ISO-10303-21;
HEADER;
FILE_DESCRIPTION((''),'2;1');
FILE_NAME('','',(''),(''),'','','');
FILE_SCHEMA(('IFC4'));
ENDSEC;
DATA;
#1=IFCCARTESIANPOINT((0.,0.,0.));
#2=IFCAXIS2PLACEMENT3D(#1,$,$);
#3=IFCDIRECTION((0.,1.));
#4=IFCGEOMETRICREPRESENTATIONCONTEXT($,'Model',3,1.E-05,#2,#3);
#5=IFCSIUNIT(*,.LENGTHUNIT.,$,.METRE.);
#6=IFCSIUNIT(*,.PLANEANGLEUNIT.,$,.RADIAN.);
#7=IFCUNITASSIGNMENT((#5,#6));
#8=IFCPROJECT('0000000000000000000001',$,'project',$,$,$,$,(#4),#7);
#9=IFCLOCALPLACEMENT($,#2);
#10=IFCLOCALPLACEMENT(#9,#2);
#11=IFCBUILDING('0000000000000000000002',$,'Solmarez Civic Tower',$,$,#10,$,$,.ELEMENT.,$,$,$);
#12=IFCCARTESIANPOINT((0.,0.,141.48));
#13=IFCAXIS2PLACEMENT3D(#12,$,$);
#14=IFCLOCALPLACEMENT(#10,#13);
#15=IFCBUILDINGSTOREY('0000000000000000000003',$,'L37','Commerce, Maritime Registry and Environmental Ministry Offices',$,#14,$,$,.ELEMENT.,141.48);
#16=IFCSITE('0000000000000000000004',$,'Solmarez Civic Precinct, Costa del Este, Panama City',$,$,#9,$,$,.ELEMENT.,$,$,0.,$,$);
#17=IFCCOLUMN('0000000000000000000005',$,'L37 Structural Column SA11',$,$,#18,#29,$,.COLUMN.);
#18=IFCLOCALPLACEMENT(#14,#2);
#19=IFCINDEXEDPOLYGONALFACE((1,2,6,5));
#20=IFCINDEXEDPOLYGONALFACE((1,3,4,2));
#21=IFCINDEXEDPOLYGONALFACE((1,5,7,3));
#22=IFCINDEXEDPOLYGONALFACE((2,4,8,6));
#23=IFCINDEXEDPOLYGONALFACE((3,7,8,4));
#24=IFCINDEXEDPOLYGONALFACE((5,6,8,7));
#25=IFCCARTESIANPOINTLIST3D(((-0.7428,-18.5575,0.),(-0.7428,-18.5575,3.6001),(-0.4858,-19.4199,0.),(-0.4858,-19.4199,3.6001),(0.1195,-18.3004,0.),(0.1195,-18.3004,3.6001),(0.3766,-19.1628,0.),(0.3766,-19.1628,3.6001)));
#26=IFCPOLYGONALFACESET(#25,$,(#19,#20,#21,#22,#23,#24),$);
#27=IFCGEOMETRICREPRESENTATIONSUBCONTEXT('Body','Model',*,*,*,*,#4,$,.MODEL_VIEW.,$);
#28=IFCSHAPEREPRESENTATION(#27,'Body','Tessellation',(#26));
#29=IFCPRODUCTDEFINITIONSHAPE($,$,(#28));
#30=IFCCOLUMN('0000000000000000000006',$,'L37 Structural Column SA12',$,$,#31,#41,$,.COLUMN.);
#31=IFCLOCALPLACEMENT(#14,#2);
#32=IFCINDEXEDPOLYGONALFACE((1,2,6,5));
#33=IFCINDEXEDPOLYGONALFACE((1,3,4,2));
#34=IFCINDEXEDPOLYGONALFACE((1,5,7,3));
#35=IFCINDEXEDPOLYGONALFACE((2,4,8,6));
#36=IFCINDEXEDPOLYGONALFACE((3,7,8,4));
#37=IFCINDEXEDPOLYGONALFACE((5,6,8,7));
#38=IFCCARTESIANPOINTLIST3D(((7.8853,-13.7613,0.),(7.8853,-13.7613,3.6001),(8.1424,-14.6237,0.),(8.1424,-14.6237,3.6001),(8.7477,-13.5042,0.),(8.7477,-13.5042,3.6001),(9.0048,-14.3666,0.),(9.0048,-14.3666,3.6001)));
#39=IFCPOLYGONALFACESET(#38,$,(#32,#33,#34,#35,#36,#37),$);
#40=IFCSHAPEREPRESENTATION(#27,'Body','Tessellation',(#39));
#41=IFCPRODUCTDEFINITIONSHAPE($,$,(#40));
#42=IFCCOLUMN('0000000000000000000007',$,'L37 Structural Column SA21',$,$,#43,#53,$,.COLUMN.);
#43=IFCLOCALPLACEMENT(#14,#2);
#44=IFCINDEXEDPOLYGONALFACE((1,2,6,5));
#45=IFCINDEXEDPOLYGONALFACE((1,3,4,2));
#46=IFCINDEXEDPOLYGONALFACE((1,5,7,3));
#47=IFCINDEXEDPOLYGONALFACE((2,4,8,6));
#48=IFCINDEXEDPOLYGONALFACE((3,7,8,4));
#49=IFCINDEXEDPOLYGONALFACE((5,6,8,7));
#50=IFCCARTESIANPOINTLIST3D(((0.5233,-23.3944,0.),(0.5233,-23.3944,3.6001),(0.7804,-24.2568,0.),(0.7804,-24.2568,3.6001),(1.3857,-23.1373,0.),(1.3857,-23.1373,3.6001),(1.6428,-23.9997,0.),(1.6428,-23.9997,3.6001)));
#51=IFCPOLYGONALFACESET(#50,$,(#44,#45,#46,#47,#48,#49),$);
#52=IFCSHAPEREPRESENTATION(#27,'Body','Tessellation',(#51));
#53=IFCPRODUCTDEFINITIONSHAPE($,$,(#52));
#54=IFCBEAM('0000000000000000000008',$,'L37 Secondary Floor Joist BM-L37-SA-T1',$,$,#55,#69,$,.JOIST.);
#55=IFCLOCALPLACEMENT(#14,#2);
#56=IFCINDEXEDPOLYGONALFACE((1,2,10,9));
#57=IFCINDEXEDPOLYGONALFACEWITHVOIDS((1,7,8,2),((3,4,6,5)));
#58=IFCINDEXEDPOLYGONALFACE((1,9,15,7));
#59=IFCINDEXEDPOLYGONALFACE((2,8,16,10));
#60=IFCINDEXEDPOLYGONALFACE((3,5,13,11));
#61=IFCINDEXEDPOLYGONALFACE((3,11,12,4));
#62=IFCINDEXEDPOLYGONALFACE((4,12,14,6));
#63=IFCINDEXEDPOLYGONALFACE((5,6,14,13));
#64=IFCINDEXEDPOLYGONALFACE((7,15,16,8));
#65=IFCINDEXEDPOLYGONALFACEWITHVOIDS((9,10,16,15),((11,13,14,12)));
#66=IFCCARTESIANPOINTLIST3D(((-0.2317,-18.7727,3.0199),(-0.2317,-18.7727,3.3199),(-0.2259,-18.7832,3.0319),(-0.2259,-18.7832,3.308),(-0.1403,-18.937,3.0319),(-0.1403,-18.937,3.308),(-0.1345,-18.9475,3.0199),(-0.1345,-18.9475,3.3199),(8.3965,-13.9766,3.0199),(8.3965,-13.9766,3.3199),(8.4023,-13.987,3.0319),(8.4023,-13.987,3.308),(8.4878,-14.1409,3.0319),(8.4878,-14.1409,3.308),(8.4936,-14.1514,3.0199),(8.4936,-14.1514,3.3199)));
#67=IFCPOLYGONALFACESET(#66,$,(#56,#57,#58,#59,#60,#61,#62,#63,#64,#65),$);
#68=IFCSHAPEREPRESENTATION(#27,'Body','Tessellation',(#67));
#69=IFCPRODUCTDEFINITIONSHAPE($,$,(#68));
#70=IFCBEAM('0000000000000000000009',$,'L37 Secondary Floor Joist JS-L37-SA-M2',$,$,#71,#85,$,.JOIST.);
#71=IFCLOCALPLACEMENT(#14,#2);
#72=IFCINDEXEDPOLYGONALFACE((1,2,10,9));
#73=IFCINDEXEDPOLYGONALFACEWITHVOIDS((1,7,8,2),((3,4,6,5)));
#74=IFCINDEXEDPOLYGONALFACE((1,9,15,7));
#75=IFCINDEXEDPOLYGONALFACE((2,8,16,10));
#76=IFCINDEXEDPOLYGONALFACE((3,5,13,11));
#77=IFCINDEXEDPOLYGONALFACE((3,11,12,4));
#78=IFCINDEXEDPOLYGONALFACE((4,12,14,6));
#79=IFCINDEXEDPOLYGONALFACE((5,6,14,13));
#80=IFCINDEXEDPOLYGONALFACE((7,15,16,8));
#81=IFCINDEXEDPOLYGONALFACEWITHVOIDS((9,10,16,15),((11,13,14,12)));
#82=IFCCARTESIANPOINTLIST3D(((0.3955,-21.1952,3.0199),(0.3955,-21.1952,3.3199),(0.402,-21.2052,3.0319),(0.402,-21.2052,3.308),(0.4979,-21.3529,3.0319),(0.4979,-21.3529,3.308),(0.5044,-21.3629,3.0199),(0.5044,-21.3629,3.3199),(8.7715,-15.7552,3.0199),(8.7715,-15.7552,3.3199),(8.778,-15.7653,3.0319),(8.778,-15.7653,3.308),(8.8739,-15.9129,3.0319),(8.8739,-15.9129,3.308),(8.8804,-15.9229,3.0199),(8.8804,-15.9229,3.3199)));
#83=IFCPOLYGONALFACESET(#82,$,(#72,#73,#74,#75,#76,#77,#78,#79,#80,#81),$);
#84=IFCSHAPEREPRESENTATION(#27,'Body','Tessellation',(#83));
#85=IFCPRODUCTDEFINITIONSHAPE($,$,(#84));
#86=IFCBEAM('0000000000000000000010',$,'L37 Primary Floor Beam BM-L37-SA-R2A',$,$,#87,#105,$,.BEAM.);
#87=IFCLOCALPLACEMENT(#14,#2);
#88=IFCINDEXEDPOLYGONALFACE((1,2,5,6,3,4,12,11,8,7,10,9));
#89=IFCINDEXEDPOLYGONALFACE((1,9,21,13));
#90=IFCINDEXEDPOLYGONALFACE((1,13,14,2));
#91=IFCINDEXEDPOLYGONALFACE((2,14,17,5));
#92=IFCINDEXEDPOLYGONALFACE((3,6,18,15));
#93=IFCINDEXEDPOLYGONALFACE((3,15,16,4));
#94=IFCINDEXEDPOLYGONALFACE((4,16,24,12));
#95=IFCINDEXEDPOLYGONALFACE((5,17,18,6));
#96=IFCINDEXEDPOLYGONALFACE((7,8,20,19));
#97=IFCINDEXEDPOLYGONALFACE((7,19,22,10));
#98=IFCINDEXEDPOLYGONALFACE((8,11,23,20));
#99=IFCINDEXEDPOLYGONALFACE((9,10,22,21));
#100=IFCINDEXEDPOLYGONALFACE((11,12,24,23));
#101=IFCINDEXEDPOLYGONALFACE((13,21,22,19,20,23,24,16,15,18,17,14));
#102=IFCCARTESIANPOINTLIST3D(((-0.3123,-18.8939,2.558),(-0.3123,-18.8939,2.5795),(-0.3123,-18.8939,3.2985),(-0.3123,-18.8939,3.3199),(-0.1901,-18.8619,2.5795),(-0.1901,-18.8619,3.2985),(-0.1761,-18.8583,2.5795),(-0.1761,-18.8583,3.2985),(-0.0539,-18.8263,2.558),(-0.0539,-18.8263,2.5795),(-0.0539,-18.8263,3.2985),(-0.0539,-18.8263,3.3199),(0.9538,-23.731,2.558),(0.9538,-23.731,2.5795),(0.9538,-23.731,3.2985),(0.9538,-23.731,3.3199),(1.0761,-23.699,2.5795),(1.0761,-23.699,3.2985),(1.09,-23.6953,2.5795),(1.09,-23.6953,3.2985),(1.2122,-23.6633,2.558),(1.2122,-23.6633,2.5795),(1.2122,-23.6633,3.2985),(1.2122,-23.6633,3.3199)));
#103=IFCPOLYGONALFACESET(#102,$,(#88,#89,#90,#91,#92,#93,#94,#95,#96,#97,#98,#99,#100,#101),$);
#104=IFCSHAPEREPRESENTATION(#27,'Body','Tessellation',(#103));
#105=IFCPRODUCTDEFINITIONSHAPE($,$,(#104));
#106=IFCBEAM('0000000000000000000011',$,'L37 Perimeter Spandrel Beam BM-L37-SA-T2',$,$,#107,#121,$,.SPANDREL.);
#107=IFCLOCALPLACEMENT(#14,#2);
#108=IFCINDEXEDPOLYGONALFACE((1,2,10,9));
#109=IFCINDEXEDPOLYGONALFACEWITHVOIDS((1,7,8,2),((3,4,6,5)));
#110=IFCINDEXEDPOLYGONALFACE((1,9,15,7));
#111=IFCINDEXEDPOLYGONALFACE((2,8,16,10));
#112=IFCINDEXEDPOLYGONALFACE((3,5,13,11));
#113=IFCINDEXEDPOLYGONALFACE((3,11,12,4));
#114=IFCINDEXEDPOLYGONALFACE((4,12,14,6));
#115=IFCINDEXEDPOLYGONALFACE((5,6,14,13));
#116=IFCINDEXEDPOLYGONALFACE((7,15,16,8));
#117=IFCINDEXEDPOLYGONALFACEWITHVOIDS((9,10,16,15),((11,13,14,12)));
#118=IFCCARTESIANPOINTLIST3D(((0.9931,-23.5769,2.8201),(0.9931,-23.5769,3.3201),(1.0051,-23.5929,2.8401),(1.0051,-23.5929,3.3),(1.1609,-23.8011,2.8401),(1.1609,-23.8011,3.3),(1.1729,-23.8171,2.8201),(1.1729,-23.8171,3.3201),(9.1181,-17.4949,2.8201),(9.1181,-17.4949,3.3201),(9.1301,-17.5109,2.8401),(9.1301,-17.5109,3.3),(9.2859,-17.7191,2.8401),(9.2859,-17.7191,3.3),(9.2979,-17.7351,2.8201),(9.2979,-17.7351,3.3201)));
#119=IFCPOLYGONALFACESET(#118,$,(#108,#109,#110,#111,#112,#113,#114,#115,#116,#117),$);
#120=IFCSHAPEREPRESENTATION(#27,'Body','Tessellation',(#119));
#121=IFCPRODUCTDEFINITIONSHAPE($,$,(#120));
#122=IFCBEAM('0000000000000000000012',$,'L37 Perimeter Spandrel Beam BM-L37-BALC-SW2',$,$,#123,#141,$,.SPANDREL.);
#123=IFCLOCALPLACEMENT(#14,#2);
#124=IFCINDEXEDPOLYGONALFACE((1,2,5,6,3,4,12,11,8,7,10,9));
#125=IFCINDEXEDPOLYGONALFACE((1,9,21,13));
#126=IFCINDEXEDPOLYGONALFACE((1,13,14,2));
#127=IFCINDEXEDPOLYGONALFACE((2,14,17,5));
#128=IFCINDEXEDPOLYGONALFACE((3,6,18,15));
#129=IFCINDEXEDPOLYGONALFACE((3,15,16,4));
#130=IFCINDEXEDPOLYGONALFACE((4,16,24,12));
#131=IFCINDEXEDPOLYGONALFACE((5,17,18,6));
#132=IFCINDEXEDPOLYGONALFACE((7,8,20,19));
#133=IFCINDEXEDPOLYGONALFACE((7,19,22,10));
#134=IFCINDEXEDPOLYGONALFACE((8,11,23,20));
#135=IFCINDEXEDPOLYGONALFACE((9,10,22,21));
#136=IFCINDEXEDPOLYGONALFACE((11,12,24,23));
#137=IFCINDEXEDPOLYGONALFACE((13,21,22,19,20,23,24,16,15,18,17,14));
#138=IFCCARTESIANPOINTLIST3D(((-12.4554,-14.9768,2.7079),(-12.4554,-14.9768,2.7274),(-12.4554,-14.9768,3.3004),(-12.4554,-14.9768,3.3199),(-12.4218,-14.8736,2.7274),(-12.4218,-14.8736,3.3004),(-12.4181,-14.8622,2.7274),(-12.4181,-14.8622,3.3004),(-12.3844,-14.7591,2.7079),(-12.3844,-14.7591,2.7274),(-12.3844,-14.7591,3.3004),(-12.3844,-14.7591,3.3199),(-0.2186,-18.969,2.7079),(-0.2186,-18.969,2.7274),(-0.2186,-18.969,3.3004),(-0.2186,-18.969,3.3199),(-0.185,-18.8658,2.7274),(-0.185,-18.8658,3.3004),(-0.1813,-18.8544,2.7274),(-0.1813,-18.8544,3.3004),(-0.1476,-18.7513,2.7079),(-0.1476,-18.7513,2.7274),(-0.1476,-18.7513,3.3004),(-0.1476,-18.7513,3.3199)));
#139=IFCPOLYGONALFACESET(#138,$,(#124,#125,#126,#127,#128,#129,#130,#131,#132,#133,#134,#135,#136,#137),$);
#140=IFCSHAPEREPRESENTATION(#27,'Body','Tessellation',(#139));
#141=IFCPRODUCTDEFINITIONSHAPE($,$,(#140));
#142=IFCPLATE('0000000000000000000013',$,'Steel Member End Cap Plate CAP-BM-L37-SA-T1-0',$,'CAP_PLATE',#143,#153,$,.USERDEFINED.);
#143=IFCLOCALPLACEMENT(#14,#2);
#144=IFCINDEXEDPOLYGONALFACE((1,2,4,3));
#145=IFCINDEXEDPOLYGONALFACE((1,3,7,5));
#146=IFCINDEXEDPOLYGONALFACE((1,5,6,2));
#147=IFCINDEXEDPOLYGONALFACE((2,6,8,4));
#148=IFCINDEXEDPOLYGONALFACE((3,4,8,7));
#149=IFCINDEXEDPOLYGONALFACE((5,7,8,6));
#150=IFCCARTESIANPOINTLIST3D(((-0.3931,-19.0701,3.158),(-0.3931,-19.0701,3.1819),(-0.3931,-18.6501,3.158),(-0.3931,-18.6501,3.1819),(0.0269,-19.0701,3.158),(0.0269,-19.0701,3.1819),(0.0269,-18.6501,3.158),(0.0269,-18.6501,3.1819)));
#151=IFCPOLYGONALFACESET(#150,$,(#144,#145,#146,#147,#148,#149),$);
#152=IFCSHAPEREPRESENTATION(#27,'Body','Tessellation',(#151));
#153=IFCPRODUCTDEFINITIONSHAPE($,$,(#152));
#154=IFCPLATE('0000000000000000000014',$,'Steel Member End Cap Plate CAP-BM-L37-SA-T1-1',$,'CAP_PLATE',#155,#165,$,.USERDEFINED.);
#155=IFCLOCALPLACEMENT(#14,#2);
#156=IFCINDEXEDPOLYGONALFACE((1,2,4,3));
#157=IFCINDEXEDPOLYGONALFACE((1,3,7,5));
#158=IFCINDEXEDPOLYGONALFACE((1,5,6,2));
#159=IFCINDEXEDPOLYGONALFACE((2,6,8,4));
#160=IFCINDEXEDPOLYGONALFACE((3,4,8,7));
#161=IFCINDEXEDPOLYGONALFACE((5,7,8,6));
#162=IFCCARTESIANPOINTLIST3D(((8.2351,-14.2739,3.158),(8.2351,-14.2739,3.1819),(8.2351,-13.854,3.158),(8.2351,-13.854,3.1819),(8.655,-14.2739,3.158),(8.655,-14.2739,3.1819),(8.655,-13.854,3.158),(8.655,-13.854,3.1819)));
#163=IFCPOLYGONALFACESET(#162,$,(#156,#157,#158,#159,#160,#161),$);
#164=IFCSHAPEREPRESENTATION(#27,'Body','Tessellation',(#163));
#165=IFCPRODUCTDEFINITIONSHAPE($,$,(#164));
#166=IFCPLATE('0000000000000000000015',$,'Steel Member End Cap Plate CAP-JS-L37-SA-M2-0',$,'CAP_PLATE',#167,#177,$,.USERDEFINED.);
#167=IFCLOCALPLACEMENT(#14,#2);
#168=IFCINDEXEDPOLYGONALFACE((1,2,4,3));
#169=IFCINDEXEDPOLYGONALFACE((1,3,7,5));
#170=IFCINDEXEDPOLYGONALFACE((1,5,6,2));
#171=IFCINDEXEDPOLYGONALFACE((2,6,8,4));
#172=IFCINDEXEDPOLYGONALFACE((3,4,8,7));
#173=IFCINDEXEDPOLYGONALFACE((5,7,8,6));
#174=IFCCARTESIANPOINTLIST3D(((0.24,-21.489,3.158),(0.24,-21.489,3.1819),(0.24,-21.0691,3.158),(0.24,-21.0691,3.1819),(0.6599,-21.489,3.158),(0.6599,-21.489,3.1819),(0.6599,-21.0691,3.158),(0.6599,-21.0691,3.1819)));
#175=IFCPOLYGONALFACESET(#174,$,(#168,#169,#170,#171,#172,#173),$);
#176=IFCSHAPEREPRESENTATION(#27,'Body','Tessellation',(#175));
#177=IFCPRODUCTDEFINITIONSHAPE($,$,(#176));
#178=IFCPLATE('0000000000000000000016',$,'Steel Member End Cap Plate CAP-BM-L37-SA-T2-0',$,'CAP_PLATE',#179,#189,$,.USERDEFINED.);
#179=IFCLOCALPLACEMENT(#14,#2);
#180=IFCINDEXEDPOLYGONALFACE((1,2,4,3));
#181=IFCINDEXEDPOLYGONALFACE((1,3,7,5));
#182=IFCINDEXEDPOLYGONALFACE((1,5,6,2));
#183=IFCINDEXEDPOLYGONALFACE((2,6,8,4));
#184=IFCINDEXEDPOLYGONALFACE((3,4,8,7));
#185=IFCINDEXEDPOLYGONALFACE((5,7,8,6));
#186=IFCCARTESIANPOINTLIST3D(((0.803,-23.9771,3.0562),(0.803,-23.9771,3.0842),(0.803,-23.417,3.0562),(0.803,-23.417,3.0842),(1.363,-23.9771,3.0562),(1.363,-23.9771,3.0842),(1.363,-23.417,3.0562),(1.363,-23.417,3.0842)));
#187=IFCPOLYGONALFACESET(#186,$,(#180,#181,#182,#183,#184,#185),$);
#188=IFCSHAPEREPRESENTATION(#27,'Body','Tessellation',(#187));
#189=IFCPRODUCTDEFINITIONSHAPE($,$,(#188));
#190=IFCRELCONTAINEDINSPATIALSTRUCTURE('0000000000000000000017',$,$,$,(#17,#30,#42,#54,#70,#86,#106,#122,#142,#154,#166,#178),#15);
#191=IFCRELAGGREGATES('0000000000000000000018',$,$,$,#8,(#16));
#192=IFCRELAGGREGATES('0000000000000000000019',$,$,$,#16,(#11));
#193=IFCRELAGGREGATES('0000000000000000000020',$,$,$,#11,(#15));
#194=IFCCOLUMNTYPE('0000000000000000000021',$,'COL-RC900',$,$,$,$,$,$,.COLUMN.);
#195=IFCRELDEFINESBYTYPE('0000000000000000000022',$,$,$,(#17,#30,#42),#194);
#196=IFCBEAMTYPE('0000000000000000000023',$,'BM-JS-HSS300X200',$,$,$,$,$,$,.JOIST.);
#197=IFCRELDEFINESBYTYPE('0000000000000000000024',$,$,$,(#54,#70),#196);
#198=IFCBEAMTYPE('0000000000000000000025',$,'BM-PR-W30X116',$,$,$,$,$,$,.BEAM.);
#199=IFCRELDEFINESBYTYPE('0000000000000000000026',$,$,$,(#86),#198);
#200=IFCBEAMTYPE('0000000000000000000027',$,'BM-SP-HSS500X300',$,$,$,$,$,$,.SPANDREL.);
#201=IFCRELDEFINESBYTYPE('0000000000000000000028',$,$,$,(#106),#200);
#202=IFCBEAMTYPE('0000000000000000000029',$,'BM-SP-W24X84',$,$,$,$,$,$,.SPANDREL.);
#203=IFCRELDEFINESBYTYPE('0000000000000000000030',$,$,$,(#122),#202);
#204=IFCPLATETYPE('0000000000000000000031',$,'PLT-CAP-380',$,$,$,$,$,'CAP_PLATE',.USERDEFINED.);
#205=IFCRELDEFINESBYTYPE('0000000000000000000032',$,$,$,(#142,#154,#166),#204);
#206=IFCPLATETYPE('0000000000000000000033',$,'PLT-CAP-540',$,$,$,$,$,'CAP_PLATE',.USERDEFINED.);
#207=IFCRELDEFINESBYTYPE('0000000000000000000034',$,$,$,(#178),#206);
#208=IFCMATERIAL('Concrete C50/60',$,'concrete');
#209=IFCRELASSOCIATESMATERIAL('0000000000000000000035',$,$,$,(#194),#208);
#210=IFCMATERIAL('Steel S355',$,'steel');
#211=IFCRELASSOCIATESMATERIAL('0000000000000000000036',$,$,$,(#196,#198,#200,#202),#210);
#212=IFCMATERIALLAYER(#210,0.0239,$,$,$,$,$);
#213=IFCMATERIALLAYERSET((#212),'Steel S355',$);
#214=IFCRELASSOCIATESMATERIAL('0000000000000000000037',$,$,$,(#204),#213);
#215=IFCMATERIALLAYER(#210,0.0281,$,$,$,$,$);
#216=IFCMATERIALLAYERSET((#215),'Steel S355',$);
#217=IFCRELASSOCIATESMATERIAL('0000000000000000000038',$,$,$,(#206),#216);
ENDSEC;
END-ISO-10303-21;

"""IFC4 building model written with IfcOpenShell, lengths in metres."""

from ifc_helpers import new_model, si_unit, direction, frame, origin, origin_2d, place, context, subcontext, project, spatial, rectangle, hollow_rectangle, i_section, extrude, material, layer, layer_set, material_profile, profile_set, type_object, element, save


model = new_model("IFC4")

# Units and contexts
model_context = context("Model", 3, precision=1e-05, world=origin(), true_north=direction((0.0, 1.0)))
body_context = subcontext(model_context, "Body", "Model", "MODEL_VIEW")
ifc_project = project(units=[si_unit("LENGTHUNIT", "METRE"), si_unit("PLANEANGLEUNIT", "RADIAN")], contexts=[model_context])

# Site, building, storey
site_placement = place(None, origin())
site = spatial("IfcSite", under=ifc_project, at=site_placement, Name="Solmarez Civic Precinct, Costa del Este, Panama City", CompositionType="ELEMENT", RefElevation=0.0)
building_placement = place(site_placement, origin())
building = spatial("IfcBuilding", under=site, at=building_placement, Name="Solmarez Civic Tower", CompositionType="ELEMENT")
storey_placement = place(building_placement, frame((0.0, 0.0, 141.48)))
storey = spatial("IfcBuildingStorey", under=building, at=storey_placement, Name="L37", Description="Commerce, Maritime Registry and Environmental Ministry Offices", CompositionType="ELEMENT", Elevation=141.48)

# Columns
ifc_material_1 = material(Name="Concrete C50/60", Category="concrete")
ifc_material_profile_1 = material_profile(ifc_material_1, rectangle(XDim=0.8999, YDim=0.8999, at=origin_2d()), Name="RC900X900")
ifc_profile_set_1 = profile_set([ifc_material_profile_1], Name="Concrete C50/60")
column_type = type_object("IfcColumnType", Name="COL-RC900", PredefinedType="COLUMN", material=ifc_profile_set_1)
for number, where, z_axis, x_axis, name in (
    (1, (-0.1831, -18.8601, 0.0), (0.0, 0.0, 1.0), (0.958323, 0.285688, 0.0), "L37 Structural Column SA11"),
    (2, (8.4451, -14.064, 0.0), (0.0, 0.0, 1.0), (0.958323, 0.285688, 0.0), "L37 Structural Column SA12"),
    (3, (1.083, -23.697, 0.0), (0.0, 0.0, 1.0), (0.958323, 0.285688, 0.0), "L37 Structural Column SA21"),
):
    element("IfcColumn", number, at=place(storey_placement, frame(where, z_axis=z_axis, x_axis=x_axis)), inside=storey, type_object=column_type, Name=name, PredefinedType="COLUMN", context=body_context, shape_type="SweptSolid", body=[
        extrude(rectangle(XDim=0.8999, YDim=0.8999, at=origin_2d()), origin(), (0.0, 0.0, 1.0), 3.6001),
    ])

# Beams
ifc_material_2 = material(Name="Steel S355", Category="steel")
ifc_material_profile_2 = material_profile(ifc_material_2, hollow_rectangle(XDim=0.2, YDim=0.3, WallThickness=0.012, at=origin_2d()), Name="HSS300X200X12")
ifc_profile_set_2 = profile_set([ifc_material_profile_2], Name="Steel S355")
beam_type_1 = type_object("IfcBeamType", Name="BM-JS-HSS300X200", PredefinedType="JOIST", material=ifc_profile_set_2)
beam_1_placement = place(storey_placement, frame((-0.1831, -18.8601, 3.1699), z_axis=(0.874041, 0.485853, 0.0), x_axis=(-0.485853, 0.874041, 0.0)))
element("IfcBeam", 4, at=beam_1_placement, inside=storey, type_object=beam_type_1, Name="L37 Secondary Floor Joist BM-L37-SA-T1", PredefinedType="JOIST", context=body_context, shape_type="SweptSolid", body=[
    extrude(hollow_rectangle(XDim=0.2, YDim=0.3, WallThickness=0.012, at=origin_2d()), origin(), (0.0, 0.0, 1.0), 9.8716),
])
beam_2_placement = place(storey_placement, frame((0.45, -21.2791, 3.1699), z_axis=(0.838647, 0.544676, 0.0), x_axis=(-0.544676, 0.838647, 0.0)))
element("IfcBeam", 5, at=beam_2_placement, inside=storey, type_object=beam_type_1, Name="L37 Secondary Floor Joist JS-L37-SA-M2", PredefinedType="JOIST", context=body_context, shape_type="SweptSolid", body=[
    extrude(hollow_rectangle(XDim=0.2, YDim=0.3, WallThickness=0.012, at=origin_2d()), origin(), (0.0, 0.0, 1.0), 9.9875),
])
ifc_material_profile_3 = material_profile(ifc_material_2, i_section(OverallWidth=0.2671, OverallDepth=0.762, WebThickness=0.0144, FlangeThickness=0.0215, at=origin_2d()), Name="W30X116")
ifc_profile_set_3 = profile_set([ifc_material_profile_3], Name="Steel S355")
beam_type_2 = type_object("IfcBeamType", Name="BM-PR-W30X116", PredefinedType="BEAM", material=ifc_profile_set_3)
beam_3_placement = place(storey_placement, frame((-0.1831, -18.8601, 2.939), z_axis=(0.253229, -0.967406, 0.0), x_axis=(0.967406, 0.253229, 0.0)))
element("IfcBeam", 6, at=beam_3_placement, inside=storey, type_object=beam_type_2, Name="L37 Primary Floor Beam BM-L37-SA-R2A", PredefinedType="BEAM", context=body_context, shape_type="SweptSolid", body=[
    extrude(i_section(OverallWidth=0.2671, OverallDepth=0.762, WebThickness=0.0144, FlangeThickness=0.0215, at=origin_2d()), origin(), (0.0, 0.0, 1.0), 5.0),
])
ifc_material_profile_4 = material_profile(ifc_material_2, hollow_rectangle(XDim=0.3, YDim=0.5, WallThickness=0.02, at=origin_2d()), Name="HSS500X300X20")
ifc_profile_set_4 = profile_set([ifc_material_profile_4], Name="Steel S355")
beam_type_3 = type_object("IfcBeamType", Name="BM-SP-HSS500X300", PredefinedType="SPANDREL", material=ifc_profile_set_4)
beam_4_placement = place(storey_placement, frame((1.083, -23.697, 3.0701), z_axis=(0.800554, 0.599261, 0.0), x_axis=(-0.599261, 0.800554, 0.0)))
element("IfcBeam", 7, at=beam_4_placement, inside=storey, type_object=beam_type_3, Name="L37 Perimeter Spandrel Beam BM-L37-SA-T2", PredefinedType="SPANDREL", context=body_context, shape_type="SweptSolid", body=[
    extrude(hollow_rectangle(XDim=0.3, YDim=0.5, WallThickness=0.02, at=origin_2d()), origin(), (0.0, 0.0, 1.0), 10.1492),
])
ifc_material_profile_5 = material_profile(ifc_material_2, i_section(OverallWidth=0.229, OverallDepth=0.6121, WebThickness=0.012, FlangeThickness=0.0195, at=origin_2d()), Name="W24X84")
ifc_profile_set_5 = profile_set([ifc_material_profile_5], Name="Steel S355")
beam_type_4 = type_object("IfcBeamType", Name="BM-SP-W24X84", PredefinedType="SPANDREL", material=ifc_profile_set_5)
beam_5_placement = place(storey_placement, frame((-0.1831, -18.8601, 3.0139), z_axis=(-0.950686, 0.310156, 0.0), x_axis=(-0.310156, -0.950686, 0.0)))
element("IfcBeam", 8, at=beam_5_placement, inside=storey, type_object=beam_type_4, Name="L37 Perimeter Spandrel Beam BM-L37-BALC-SW2", PredefinedType="SPANDREL", context=body_context, shape_type="SweptSolid", body=[
    extrude(i_section(OverallWidth=0.229, OverallDepth=0.6121, WebThickness=0.012, FlangeThickness=0.0195, at=origin_2d()), origin(), (0.0, 0.0, 1.0), 12.8716),
])

# Plates
ifc_layer_1 = layer(ifc_material_2, 0.0239)
ifc_layer_set_1 = layer_set([ifc_layer_1], Name="Steel S355")
plate_type_1 = type_object("IfcPlateType", Name="PLT-CAP-380", ElementType="CAP_PLATE", PredefinedType="USERDEFINED", material=ifc_layer_set_1)
for number, where, z_axis, x_axis, name in (
    (9, (-0.1831, -18.8601, 3.158), (0.0, 0.0, 1.0), (1.0, 0.0, 0.0), "Steel Member End Cap Plate CAP-BM-L37-SA-T1-0"),
    (10, (8.4451, -14.064, 3.158), (0.0, 0.0, 1.0), (1.0, 0.0, 0.0), "Steel Member End Cap Plate CAP-BM-L37-SA-T1-1"),
    (11, (0.45, -21.2791, 3.158), (0.0, 0.0, 1.0), (1.0, 0.0, 0.0), "Steel Member End Cap Plate CAP-JS-L37-SA-M2-0"),
):
    element("IfcPlate", number, at=place(storey_placement, frame(where, z_axis=z_axis, x_axis=x_axis)), inside=storey, type_object=plate_type_1, Name=name, ObjectType="CAP_PLATE", PredefinedType="USERDEFINED", context=body_context, shape_type="SweptSolid", body=[
        extrude(rectangle(XDim=0.4199, YDim=0.4199, at=origin_2d()), origin(), (0.0, 0.0, 1.0), 0.0239),
    ])
ifc_layer_2 = layer(ifc_material_2, 0.0281)
ifc_layer_set_2 = layer_set([ifc_layer_2], Name="Steel S355")
plate_type_2 = type_object("IfcPlateType", Name="PLT-CAP-540", ElementType="CAP_PLATE", PredefinedType="USERDEFINED", material=ifc_layer_set_2)
plate_placement = place(storey_placement, frame((1.083, -23.697, 3.0562), z_axis=(0.0, 0.0, 1.0), x_axis=(1.0, 0.0, 0.0)))
element("IfcPlate", 12, at=plate_placement, inside=storey, type_object=plate_type_2, Name="Steel Member End Cap Plate CAP-BM-L37-SA-T2-0", ObjectType="CAP_PLATE", PredefinedType="USERDEFINED", context=body_context, shape_type="SweptSolid", body=[
    extrude(rectangle(XDim=0.5601, YDim=0.5601, at=origin_2d()), origin(), (0.0, 0.0, 1.0), 0.0281),
])

save(model, "model.ifc")
